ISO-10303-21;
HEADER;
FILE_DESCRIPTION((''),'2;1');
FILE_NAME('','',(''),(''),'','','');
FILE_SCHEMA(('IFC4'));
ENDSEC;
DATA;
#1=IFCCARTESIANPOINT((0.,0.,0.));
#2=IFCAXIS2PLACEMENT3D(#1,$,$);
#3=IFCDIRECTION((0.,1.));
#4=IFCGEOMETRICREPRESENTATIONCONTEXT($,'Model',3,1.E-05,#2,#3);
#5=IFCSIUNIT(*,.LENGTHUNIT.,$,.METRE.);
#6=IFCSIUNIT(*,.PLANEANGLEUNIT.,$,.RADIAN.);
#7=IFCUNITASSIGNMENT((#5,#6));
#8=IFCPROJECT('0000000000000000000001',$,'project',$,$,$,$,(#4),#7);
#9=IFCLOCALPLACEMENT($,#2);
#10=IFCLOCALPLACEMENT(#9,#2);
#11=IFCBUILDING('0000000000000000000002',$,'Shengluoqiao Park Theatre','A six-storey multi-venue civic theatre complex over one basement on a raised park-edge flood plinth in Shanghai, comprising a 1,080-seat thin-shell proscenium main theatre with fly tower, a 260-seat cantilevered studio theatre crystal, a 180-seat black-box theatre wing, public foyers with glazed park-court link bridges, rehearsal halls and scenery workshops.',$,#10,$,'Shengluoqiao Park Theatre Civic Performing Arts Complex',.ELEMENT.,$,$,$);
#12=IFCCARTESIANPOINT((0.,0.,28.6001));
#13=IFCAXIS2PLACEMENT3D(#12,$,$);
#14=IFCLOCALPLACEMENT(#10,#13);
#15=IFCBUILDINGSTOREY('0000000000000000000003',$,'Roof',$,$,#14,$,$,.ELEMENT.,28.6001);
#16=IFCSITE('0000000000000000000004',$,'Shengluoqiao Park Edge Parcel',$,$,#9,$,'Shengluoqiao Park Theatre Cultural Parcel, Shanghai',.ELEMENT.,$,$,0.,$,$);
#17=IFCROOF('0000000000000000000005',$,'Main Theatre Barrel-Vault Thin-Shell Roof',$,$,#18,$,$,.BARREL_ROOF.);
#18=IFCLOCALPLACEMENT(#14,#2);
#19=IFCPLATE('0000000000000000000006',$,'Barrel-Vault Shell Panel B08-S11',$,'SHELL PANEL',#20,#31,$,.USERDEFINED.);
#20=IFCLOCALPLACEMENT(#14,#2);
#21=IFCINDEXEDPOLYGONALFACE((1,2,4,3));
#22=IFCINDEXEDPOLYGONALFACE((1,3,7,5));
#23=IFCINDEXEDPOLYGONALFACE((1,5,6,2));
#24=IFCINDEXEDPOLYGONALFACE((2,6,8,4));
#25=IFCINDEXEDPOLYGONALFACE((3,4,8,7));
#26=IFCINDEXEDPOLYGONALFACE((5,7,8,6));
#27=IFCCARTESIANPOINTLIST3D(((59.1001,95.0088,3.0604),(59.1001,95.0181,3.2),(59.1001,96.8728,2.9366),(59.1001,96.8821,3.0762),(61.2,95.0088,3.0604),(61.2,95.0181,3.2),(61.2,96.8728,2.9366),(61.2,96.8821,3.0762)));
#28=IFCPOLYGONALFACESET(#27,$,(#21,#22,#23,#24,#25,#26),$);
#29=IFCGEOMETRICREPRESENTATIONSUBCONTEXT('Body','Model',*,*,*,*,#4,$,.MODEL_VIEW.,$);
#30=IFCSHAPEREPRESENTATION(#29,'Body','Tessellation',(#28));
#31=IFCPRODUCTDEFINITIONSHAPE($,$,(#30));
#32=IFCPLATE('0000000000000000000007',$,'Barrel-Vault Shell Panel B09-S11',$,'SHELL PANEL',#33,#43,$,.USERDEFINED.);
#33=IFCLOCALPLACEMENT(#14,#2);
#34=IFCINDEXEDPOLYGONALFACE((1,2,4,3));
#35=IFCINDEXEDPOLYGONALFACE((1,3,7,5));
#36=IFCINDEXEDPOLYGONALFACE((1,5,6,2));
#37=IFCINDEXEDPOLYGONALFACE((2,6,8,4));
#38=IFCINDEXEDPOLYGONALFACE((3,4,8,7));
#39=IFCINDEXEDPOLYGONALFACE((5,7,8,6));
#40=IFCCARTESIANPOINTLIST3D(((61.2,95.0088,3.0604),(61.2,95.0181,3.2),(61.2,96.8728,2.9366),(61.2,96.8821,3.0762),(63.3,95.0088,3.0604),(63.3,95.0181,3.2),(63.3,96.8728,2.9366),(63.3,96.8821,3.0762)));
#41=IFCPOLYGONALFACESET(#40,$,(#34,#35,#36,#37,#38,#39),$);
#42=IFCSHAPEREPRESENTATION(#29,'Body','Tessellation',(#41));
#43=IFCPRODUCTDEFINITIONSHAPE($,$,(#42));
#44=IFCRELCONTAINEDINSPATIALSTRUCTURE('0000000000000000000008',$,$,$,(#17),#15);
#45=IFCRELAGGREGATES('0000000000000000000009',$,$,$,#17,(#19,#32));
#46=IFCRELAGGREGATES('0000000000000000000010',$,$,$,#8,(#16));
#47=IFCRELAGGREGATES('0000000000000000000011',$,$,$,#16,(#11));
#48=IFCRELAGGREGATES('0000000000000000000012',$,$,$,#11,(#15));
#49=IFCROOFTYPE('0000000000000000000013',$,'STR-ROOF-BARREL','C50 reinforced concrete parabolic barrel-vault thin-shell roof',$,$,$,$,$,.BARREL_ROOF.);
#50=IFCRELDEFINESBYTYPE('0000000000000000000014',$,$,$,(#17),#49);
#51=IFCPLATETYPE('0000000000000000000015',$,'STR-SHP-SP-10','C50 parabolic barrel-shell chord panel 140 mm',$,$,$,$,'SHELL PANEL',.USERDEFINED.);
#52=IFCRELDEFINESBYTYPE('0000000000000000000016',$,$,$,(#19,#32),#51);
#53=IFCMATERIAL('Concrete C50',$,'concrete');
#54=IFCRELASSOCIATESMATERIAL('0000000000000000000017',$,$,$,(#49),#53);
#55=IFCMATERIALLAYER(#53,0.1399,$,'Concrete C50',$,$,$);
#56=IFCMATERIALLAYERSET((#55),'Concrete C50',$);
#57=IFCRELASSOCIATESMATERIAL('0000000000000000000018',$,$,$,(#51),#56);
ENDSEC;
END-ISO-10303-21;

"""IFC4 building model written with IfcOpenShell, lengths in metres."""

from ifc_helpers import new_model, si_unit, direction, frame, origin, place, context, subcontext, project, spatial, polyline, outline, extrude, material, layer, layer_set, type_object, element, aggregate, save


model = new_model("IFC4")

# Units and contexts
model_context = context("Model", 3, precision=1e-05, world=origin(), true_north=direction((0.0, 1.0)))
body_context = subcontext(model_context, "Body", "Model", "MODEL_VIEW")
ifc_project = project(units=[si_unit("LENGTHUNIT", "METRE"), si_unit("PLANEANGLEUNIT", "RADIAN")], contexts=[model_context])

# Site, building, storey
site_placement = place(None, origin())
site = spatial("IfcSite", under=ifc_project, at=site_placement, Name="Shengluoqiao Park Edge Parcel", LongName="Shengluoqiao Park Theatre Cultural Parcel, Shanghai", CompositionType="ELEMENT", RefElevation=0.0)
building_placement = place(site_placement, origin())
building = spatial("IfcBuilding", under=site, at=building_placement, Name="Shengluoqiao Park Theatre", Description="A six-storey multi-venue civic theatre complex over one basement on a raised park-edge flood plinth in Shanghai, comprising a 1,080-seat thin-shell proscenium main theatre with fly tower, a 260-seat cantilevered studio theatre crystal, a 180-seat black-box theatre wing, public foyers with glazed park-court link bridges, rehearsal halls and scenery workshops.", LongName="Shengluoqiao Park Theatre Civic Performing Arts Complex", CompositionType="ELEMENT")
storey_placement = place(building_placement, frame((0.0, 0.0, 28.6001)))
storey = spatial("IfcBuildingStorey", under=building, at=storey_placement, Name="Roof", CompositionType="ELEMENT", Elevation=28.6001)

# Shared definitions
ifc_material_1 = material(Name="Concrete C50", Category="concrete")

# Roof, plates
roof_type = type_object("IfcRoofType", Name="STR-ROOF-BARREL", Description="C50 reinforced concrete parabolic barrel-vault thin-shell roof", PredefinedType="BARREL_ROOF", material=ifc_material_1)
roof_placement = place(storey_placement, origin())
roof = element("IfcRoof", 1, at=roof_placement, inside=storey, type_object=roof_type, Name="Main Theatre Barrel-Vault Thin-Shell Roof", PredefinedType="BARREL_ROOF")
ifc_layer_1 = layer(ifc_material_1, 0.1399, Name="Concrete C50")
ifc_layer_set_1 = layer_set([ifc_layer_1], Name="Concrete C50")
plate_type_1 = type_object("IfcPlateType", Name="STR-SHP-SP-10", Description="C50 parabolic barrel-shell chord panel 140 mm", ElementType="SHELL PANEL", PredefinedType="USERDEFINED", material=ifc_layer_set_1)
plate_1_placement = place(storey_placement, frame((59.1001, 95.0181, 3.2), z_axis=(0.0, 0.066259, 0.997802), x_axis=(1.0, 0.0, 0.0)))
plate_1 = element("IfcPlate", 2, at=plate_1_placement, type_object=plate_type_1, Name="Barrel-Vault Shell Panel B08-S11", ObjectType="SHELL PANEL", PredefinedType="USERDEFINED", context=body_context, shape_type="SweptSolid", body=[
    extrude(outline(polyline([(0.0, 0.0), (2.0999, 0.0), (2.0999, 1.8681), (0.0, 1.8681), (0.0, 0.0)])), origin(), (0.0, 0.0, -1.0), 0.1399),
])
plate_2_placement = place(storey_placement, frame((61.2, 95.0181, 3.2), z_axis=(0.0, 0.066259, 0.997802), x_axis=(1.0, 0.0, 0.0)))
plate_2 = element("IfcPlate", 3, at=plate_2_placement, type_object=plate_type_1, Name="Barrel-Vault Shell Panel B09-S11", ObjectType="SHELL PANEL", PredefinedType="USERDEFINED", context=body_context, shape_type="SweptSolid", body=[
    extrude(outline(polyline([(0.0, 0.0), (2.1001, 0.0), (2.1001, 1.8681), (0.0, 1.8681), (0.0, 0.0)])), origin(), (0.0, 0.0, -1.0), 0.1399),
])
aggregate(roof, [plate_1, plate_2])

save(model, "model.ifc")
